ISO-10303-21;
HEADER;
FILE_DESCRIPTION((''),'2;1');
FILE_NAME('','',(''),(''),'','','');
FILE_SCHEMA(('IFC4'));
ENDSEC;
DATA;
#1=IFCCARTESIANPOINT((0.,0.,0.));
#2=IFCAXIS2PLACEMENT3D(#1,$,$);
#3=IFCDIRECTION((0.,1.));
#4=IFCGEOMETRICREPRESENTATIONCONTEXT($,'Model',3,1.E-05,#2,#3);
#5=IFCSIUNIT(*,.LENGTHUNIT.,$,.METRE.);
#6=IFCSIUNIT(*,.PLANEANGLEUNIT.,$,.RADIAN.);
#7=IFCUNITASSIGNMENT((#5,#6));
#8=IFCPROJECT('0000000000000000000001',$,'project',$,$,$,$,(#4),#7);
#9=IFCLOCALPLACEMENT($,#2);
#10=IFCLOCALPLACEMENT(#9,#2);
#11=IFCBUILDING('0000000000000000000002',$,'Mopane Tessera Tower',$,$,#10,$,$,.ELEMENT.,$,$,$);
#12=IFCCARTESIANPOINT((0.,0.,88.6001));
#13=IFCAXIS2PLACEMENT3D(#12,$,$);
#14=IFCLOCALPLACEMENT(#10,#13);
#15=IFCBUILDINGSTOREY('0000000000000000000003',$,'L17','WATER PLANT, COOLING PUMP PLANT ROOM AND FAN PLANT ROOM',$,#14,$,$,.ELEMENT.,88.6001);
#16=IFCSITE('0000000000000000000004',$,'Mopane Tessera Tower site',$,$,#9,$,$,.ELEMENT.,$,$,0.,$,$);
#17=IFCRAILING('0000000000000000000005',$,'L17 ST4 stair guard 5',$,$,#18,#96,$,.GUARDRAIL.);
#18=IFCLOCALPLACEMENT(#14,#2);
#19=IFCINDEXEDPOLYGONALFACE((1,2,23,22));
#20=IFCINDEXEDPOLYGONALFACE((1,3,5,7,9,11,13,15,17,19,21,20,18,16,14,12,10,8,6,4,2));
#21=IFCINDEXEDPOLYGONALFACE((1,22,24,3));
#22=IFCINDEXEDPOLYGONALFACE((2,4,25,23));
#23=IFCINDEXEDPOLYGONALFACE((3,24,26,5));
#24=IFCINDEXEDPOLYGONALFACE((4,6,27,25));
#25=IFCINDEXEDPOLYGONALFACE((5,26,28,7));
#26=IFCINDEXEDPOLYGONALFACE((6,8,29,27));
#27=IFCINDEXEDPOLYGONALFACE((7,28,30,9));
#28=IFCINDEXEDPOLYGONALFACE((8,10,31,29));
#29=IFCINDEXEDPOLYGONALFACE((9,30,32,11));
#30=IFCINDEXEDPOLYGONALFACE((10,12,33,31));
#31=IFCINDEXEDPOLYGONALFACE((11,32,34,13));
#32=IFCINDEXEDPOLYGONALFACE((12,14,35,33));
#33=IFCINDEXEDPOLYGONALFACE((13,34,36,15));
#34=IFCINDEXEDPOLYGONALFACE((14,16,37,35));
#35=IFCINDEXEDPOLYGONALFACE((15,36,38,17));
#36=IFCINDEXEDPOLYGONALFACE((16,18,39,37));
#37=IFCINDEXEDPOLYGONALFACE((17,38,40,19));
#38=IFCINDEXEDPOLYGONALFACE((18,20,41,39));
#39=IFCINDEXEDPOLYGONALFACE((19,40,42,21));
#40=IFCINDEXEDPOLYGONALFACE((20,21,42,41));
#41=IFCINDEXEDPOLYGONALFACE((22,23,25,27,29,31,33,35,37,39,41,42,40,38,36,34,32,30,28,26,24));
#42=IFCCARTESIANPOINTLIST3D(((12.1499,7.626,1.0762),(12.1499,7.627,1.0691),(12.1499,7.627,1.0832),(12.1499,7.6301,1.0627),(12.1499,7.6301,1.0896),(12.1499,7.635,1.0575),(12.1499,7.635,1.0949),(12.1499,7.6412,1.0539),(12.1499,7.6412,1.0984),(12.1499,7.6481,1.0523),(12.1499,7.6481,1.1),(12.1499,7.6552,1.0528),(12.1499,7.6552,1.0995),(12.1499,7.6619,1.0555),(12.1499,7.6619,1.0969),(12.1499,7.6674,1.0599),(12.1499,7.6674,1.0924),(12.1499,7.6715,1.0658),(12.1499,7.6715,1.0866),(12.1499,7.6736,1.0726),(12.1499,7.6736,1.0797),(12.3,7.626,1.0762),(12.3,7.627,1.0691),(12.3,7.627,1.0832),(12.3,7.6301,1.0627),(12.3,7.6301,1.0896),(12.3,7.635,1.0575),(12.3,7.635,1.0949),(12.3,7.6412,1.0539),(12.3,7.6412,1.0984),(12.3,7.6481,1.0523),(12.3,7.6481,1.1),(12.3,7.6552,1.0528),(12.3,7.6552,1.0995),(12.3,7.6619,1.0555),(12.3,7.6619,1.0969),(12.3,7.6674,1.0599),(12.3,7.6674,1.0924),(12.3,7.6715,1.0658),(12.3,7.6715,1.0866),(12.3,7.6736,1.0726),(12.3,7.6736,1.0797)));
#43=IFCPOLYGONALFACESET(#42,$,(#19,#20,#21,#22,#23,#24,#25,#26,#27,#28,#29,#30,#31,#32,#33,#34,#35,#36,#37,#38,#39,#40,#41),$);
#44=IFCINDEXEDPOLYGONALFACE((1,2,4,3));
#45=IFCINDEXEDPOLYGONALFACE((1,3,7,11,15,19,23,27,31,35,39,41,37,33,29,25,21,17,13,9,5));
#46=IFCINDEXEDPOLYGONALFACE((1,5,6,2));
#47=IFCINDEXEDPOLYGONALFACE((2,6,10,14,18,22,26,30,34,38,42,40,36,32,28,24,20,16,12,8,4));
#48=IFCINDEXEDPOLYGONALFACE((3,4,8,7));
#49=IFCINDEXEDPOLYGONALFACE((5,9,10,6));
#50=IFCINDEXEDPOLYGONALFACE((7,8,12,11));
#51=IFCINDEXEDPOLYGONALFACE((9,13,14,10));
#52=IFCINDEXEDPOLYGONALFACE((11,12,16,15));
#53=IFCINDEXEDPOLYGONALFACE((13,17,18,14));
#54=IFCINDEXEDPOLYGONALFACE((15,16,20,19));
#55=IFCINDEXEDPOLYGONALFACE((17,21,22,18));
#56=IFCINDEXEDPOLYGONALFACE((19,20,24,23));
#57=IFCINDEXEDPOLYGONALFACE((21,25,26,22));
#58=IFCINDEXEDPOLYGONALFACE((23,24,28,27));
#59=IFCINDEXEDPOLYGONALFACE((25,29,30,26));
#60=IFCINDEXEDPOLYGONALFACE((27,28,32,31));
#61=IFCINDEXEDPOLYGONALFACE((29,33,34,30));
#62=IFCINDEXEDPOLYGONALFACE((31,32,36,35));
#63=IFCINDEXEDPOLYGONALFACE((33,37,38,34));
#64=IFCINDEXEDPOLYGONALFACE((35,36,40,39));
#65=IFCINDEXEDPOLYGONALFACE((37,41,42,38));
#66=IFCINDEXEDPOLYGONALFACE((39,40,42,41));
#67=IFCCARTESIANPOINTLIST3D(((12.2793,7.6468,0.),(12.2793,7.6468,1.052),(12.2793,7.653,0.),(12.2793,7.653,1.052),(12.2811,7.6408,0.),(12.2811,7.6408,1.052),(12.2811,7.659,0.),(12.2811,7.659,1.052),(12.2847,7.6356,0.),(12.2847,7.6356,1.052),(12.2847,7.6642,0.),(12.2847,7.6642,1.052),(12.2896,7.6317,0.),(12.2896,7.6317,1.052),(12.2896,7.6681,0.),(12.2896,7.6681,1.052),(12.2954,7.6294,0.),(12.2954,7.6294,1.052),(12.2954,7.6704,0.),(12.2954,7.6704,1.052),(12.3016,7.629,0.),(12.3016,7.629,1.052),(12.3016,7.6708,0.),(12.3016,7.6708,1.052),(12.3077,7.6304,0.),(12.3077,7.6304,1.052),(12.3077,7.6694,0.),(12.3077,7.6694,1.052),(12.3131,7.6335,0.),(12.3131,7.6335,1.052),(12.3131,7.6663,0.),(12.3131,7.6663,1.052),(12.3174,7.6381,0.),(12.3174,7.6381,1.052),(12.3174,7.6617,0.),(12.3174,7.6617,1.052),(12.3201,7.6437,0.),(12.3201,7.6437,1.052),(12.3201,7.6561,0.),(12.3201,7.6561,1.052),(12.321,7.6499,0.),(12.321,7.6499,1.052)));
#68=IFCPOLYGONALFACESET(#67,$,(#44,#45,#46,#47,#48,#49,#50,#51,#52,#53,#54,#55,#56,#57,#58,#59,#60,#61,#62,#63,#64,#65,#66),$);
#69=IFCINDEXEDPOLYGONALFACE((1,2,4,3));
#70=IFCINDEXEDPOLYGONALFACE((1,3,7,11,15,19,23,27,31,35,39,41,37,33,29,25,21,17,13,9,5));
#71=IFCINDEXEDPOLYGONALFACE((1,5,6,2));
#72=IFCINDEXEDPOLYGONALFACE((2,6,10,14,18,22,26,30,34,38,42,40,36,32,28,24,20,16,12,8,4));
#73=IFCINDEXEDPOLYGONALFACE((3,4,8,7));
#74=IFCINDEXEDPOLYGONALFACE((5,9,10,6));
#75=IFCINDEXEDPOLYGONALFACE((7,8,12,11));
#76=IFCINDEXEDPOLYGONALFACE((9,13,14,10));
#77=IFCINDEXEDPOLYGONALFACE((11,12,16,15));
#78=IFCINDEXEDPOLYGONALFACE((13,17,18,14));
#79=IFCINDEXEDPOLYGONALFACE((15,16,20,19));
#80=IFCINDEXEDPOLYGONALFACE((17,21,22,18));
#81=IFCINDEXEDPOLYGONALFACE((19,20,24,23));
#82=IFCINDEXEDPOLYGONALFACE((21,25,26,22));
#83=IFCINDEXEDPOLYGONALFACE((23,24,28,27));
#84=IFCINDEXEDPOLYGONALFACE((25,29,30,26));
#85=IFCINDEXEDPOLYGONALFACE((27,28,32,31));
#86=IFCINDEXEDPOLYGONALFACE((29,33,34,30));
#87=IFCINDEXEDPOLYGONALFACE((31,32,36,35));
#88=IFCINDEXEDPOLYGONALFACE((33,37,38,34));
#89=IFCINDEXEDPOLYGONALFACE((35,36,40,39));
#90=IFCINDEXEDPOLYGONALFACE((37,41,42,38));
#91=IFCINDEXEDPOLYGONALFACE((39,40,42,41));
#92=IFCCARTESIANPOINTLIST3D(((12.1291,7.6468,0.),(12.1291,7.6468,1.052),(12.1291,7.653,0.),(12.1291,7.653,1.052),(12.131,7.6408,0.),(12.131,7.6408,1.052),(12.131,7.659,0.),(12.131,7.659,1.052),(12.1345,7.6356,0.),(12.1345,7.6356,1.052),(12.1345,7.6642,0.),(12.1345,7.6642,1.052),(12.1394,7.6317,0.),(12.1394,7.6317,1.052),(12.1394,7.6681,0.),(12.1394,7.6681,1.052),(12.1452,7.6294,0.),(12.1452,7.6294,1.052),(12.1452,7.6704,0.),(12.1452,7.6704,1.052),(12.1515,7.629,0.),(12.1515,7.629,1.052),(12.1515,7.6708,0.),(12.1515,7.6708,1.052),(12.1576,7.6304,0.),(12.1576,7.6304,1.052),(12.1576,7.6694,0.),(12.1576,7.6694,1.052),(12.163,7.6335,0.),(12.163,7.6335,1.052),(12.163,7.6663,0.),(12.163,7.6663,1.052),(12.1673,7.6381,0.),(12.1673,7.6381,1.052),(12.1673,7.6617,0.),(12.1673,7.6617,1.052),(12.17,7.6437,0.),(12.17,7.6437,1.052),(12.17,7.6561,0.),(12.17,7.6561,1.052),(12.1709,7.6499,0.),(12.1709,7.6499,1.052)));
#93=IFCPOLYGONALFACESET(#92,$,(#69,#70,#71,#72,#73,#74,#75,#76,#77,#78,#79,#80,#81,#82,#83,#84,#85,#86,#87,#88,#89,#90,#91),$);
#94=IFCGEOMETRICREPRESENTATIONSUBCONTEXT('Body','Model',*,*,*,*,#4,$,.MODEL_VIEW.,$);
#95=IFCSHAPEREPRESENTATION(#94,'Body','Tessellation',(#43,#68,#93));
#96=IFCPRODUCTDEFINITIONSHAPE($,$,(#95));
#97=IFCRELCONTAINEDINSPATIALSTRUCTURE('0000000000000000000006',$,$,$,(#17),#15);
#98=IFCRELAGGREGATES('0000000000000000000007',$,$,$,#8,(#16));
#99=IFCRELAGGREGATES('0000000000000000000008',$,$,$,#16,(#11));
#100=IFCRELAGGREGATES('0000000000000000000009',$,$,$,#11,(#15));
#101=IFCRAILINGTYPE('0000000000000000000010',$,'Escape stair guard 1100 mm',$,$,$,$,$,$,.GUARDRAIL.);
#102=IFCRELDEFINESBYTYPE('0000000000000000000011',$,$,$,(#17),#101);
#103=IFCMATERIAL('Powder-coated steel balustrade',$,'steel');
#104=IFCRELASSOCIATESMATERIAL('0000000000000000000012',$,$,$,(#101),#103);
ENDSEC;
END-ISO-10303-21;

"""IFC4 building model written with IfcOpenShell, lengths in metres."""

from ifc_helpers import new_model, si_unit, direction, frame, origin, origin_2d, place, context, subcontext, project, spatial, circle, extrude, material, type_object, element, save


model = new_model("IFC4")

# Units and contexts
model_context = context("Model", 3, precision=1e-05, world=origin(), true_north=direction((0.0, 1.0)))
body_context = subcontext(model_context, "Body", "Model", "MODEL_VIEW")
ifc_project = project(units=[si_unit("LENGTHUNIT", "METRE"), si_unit("PLANEANGLEUNIT", "RADIAN")], contexts=[model_context])

# Site, building, storey
site_placement = place(None, origin())
site = spatial("IfcSite", under=ifc_project, at=site_placement, Name="Mopane Tessera Tower site", CompositionType="ELEMENT", RefElevation=0.0)
building_placement = place(site_placement, origin())
building = spatial("IfcBuilding", under=site, at=building_placement, Name="Mopane Tessera Tower", CompositionType="ELEMENT")
storey_placement = place(building_placement, frame((0.0, 0.0, 88.6001)))
storey = spatial("IfcBuildingStorey", under=building, at=storey_placement, Name="L17", Description="WATER PLANT, COOLING PUMP PLANT ROOM AND FAN PLANT ROOM", CompositionType="ELEMENT", Elevation=88.6001)

# Railing
ifc_material_1 = material(Name="Powder-coated steel balustrade", Category="steel")
railing_type_1 = type_object("IfcRailingType", Name="Escape stair guard 1100 mm", PredefinedType="GUARDRAIL", material=ifc_material_1)
railing_1_placement = place(storey_placement, frame((12.3, 7.6499, 0.0)))
element("IfcRailing", 1, at=railing_1_placement, inside=storey, type_object=railing_type_1, Name="L17 ST4 stair guard 5", PredefinedType="GUARDRAIL", context=body_context, shape_type="SweptSolid", body=[
    extrude(circle(Radius=0.0239, at=origin_2d()), frame((0.0, 0.0, 1.0762), z_axis=(-1.0, 0.0, 0.0), x_axis=(0.0, -1.0, 0.0)), (0.0, 0.0, 1.0), 0.1501),
    extrude(circle(Radius=0.021, at=origin_2d()), origin(), (0.0, 0.0, 1.0), 1.052),
    extrude(circle(Radius=0.021, at=origin_2d()), frame((-0.1501, 0.0, 0.0)), (0.0, 0.0, 1.0), 1.052),
])

save(model, "model.ifc")
